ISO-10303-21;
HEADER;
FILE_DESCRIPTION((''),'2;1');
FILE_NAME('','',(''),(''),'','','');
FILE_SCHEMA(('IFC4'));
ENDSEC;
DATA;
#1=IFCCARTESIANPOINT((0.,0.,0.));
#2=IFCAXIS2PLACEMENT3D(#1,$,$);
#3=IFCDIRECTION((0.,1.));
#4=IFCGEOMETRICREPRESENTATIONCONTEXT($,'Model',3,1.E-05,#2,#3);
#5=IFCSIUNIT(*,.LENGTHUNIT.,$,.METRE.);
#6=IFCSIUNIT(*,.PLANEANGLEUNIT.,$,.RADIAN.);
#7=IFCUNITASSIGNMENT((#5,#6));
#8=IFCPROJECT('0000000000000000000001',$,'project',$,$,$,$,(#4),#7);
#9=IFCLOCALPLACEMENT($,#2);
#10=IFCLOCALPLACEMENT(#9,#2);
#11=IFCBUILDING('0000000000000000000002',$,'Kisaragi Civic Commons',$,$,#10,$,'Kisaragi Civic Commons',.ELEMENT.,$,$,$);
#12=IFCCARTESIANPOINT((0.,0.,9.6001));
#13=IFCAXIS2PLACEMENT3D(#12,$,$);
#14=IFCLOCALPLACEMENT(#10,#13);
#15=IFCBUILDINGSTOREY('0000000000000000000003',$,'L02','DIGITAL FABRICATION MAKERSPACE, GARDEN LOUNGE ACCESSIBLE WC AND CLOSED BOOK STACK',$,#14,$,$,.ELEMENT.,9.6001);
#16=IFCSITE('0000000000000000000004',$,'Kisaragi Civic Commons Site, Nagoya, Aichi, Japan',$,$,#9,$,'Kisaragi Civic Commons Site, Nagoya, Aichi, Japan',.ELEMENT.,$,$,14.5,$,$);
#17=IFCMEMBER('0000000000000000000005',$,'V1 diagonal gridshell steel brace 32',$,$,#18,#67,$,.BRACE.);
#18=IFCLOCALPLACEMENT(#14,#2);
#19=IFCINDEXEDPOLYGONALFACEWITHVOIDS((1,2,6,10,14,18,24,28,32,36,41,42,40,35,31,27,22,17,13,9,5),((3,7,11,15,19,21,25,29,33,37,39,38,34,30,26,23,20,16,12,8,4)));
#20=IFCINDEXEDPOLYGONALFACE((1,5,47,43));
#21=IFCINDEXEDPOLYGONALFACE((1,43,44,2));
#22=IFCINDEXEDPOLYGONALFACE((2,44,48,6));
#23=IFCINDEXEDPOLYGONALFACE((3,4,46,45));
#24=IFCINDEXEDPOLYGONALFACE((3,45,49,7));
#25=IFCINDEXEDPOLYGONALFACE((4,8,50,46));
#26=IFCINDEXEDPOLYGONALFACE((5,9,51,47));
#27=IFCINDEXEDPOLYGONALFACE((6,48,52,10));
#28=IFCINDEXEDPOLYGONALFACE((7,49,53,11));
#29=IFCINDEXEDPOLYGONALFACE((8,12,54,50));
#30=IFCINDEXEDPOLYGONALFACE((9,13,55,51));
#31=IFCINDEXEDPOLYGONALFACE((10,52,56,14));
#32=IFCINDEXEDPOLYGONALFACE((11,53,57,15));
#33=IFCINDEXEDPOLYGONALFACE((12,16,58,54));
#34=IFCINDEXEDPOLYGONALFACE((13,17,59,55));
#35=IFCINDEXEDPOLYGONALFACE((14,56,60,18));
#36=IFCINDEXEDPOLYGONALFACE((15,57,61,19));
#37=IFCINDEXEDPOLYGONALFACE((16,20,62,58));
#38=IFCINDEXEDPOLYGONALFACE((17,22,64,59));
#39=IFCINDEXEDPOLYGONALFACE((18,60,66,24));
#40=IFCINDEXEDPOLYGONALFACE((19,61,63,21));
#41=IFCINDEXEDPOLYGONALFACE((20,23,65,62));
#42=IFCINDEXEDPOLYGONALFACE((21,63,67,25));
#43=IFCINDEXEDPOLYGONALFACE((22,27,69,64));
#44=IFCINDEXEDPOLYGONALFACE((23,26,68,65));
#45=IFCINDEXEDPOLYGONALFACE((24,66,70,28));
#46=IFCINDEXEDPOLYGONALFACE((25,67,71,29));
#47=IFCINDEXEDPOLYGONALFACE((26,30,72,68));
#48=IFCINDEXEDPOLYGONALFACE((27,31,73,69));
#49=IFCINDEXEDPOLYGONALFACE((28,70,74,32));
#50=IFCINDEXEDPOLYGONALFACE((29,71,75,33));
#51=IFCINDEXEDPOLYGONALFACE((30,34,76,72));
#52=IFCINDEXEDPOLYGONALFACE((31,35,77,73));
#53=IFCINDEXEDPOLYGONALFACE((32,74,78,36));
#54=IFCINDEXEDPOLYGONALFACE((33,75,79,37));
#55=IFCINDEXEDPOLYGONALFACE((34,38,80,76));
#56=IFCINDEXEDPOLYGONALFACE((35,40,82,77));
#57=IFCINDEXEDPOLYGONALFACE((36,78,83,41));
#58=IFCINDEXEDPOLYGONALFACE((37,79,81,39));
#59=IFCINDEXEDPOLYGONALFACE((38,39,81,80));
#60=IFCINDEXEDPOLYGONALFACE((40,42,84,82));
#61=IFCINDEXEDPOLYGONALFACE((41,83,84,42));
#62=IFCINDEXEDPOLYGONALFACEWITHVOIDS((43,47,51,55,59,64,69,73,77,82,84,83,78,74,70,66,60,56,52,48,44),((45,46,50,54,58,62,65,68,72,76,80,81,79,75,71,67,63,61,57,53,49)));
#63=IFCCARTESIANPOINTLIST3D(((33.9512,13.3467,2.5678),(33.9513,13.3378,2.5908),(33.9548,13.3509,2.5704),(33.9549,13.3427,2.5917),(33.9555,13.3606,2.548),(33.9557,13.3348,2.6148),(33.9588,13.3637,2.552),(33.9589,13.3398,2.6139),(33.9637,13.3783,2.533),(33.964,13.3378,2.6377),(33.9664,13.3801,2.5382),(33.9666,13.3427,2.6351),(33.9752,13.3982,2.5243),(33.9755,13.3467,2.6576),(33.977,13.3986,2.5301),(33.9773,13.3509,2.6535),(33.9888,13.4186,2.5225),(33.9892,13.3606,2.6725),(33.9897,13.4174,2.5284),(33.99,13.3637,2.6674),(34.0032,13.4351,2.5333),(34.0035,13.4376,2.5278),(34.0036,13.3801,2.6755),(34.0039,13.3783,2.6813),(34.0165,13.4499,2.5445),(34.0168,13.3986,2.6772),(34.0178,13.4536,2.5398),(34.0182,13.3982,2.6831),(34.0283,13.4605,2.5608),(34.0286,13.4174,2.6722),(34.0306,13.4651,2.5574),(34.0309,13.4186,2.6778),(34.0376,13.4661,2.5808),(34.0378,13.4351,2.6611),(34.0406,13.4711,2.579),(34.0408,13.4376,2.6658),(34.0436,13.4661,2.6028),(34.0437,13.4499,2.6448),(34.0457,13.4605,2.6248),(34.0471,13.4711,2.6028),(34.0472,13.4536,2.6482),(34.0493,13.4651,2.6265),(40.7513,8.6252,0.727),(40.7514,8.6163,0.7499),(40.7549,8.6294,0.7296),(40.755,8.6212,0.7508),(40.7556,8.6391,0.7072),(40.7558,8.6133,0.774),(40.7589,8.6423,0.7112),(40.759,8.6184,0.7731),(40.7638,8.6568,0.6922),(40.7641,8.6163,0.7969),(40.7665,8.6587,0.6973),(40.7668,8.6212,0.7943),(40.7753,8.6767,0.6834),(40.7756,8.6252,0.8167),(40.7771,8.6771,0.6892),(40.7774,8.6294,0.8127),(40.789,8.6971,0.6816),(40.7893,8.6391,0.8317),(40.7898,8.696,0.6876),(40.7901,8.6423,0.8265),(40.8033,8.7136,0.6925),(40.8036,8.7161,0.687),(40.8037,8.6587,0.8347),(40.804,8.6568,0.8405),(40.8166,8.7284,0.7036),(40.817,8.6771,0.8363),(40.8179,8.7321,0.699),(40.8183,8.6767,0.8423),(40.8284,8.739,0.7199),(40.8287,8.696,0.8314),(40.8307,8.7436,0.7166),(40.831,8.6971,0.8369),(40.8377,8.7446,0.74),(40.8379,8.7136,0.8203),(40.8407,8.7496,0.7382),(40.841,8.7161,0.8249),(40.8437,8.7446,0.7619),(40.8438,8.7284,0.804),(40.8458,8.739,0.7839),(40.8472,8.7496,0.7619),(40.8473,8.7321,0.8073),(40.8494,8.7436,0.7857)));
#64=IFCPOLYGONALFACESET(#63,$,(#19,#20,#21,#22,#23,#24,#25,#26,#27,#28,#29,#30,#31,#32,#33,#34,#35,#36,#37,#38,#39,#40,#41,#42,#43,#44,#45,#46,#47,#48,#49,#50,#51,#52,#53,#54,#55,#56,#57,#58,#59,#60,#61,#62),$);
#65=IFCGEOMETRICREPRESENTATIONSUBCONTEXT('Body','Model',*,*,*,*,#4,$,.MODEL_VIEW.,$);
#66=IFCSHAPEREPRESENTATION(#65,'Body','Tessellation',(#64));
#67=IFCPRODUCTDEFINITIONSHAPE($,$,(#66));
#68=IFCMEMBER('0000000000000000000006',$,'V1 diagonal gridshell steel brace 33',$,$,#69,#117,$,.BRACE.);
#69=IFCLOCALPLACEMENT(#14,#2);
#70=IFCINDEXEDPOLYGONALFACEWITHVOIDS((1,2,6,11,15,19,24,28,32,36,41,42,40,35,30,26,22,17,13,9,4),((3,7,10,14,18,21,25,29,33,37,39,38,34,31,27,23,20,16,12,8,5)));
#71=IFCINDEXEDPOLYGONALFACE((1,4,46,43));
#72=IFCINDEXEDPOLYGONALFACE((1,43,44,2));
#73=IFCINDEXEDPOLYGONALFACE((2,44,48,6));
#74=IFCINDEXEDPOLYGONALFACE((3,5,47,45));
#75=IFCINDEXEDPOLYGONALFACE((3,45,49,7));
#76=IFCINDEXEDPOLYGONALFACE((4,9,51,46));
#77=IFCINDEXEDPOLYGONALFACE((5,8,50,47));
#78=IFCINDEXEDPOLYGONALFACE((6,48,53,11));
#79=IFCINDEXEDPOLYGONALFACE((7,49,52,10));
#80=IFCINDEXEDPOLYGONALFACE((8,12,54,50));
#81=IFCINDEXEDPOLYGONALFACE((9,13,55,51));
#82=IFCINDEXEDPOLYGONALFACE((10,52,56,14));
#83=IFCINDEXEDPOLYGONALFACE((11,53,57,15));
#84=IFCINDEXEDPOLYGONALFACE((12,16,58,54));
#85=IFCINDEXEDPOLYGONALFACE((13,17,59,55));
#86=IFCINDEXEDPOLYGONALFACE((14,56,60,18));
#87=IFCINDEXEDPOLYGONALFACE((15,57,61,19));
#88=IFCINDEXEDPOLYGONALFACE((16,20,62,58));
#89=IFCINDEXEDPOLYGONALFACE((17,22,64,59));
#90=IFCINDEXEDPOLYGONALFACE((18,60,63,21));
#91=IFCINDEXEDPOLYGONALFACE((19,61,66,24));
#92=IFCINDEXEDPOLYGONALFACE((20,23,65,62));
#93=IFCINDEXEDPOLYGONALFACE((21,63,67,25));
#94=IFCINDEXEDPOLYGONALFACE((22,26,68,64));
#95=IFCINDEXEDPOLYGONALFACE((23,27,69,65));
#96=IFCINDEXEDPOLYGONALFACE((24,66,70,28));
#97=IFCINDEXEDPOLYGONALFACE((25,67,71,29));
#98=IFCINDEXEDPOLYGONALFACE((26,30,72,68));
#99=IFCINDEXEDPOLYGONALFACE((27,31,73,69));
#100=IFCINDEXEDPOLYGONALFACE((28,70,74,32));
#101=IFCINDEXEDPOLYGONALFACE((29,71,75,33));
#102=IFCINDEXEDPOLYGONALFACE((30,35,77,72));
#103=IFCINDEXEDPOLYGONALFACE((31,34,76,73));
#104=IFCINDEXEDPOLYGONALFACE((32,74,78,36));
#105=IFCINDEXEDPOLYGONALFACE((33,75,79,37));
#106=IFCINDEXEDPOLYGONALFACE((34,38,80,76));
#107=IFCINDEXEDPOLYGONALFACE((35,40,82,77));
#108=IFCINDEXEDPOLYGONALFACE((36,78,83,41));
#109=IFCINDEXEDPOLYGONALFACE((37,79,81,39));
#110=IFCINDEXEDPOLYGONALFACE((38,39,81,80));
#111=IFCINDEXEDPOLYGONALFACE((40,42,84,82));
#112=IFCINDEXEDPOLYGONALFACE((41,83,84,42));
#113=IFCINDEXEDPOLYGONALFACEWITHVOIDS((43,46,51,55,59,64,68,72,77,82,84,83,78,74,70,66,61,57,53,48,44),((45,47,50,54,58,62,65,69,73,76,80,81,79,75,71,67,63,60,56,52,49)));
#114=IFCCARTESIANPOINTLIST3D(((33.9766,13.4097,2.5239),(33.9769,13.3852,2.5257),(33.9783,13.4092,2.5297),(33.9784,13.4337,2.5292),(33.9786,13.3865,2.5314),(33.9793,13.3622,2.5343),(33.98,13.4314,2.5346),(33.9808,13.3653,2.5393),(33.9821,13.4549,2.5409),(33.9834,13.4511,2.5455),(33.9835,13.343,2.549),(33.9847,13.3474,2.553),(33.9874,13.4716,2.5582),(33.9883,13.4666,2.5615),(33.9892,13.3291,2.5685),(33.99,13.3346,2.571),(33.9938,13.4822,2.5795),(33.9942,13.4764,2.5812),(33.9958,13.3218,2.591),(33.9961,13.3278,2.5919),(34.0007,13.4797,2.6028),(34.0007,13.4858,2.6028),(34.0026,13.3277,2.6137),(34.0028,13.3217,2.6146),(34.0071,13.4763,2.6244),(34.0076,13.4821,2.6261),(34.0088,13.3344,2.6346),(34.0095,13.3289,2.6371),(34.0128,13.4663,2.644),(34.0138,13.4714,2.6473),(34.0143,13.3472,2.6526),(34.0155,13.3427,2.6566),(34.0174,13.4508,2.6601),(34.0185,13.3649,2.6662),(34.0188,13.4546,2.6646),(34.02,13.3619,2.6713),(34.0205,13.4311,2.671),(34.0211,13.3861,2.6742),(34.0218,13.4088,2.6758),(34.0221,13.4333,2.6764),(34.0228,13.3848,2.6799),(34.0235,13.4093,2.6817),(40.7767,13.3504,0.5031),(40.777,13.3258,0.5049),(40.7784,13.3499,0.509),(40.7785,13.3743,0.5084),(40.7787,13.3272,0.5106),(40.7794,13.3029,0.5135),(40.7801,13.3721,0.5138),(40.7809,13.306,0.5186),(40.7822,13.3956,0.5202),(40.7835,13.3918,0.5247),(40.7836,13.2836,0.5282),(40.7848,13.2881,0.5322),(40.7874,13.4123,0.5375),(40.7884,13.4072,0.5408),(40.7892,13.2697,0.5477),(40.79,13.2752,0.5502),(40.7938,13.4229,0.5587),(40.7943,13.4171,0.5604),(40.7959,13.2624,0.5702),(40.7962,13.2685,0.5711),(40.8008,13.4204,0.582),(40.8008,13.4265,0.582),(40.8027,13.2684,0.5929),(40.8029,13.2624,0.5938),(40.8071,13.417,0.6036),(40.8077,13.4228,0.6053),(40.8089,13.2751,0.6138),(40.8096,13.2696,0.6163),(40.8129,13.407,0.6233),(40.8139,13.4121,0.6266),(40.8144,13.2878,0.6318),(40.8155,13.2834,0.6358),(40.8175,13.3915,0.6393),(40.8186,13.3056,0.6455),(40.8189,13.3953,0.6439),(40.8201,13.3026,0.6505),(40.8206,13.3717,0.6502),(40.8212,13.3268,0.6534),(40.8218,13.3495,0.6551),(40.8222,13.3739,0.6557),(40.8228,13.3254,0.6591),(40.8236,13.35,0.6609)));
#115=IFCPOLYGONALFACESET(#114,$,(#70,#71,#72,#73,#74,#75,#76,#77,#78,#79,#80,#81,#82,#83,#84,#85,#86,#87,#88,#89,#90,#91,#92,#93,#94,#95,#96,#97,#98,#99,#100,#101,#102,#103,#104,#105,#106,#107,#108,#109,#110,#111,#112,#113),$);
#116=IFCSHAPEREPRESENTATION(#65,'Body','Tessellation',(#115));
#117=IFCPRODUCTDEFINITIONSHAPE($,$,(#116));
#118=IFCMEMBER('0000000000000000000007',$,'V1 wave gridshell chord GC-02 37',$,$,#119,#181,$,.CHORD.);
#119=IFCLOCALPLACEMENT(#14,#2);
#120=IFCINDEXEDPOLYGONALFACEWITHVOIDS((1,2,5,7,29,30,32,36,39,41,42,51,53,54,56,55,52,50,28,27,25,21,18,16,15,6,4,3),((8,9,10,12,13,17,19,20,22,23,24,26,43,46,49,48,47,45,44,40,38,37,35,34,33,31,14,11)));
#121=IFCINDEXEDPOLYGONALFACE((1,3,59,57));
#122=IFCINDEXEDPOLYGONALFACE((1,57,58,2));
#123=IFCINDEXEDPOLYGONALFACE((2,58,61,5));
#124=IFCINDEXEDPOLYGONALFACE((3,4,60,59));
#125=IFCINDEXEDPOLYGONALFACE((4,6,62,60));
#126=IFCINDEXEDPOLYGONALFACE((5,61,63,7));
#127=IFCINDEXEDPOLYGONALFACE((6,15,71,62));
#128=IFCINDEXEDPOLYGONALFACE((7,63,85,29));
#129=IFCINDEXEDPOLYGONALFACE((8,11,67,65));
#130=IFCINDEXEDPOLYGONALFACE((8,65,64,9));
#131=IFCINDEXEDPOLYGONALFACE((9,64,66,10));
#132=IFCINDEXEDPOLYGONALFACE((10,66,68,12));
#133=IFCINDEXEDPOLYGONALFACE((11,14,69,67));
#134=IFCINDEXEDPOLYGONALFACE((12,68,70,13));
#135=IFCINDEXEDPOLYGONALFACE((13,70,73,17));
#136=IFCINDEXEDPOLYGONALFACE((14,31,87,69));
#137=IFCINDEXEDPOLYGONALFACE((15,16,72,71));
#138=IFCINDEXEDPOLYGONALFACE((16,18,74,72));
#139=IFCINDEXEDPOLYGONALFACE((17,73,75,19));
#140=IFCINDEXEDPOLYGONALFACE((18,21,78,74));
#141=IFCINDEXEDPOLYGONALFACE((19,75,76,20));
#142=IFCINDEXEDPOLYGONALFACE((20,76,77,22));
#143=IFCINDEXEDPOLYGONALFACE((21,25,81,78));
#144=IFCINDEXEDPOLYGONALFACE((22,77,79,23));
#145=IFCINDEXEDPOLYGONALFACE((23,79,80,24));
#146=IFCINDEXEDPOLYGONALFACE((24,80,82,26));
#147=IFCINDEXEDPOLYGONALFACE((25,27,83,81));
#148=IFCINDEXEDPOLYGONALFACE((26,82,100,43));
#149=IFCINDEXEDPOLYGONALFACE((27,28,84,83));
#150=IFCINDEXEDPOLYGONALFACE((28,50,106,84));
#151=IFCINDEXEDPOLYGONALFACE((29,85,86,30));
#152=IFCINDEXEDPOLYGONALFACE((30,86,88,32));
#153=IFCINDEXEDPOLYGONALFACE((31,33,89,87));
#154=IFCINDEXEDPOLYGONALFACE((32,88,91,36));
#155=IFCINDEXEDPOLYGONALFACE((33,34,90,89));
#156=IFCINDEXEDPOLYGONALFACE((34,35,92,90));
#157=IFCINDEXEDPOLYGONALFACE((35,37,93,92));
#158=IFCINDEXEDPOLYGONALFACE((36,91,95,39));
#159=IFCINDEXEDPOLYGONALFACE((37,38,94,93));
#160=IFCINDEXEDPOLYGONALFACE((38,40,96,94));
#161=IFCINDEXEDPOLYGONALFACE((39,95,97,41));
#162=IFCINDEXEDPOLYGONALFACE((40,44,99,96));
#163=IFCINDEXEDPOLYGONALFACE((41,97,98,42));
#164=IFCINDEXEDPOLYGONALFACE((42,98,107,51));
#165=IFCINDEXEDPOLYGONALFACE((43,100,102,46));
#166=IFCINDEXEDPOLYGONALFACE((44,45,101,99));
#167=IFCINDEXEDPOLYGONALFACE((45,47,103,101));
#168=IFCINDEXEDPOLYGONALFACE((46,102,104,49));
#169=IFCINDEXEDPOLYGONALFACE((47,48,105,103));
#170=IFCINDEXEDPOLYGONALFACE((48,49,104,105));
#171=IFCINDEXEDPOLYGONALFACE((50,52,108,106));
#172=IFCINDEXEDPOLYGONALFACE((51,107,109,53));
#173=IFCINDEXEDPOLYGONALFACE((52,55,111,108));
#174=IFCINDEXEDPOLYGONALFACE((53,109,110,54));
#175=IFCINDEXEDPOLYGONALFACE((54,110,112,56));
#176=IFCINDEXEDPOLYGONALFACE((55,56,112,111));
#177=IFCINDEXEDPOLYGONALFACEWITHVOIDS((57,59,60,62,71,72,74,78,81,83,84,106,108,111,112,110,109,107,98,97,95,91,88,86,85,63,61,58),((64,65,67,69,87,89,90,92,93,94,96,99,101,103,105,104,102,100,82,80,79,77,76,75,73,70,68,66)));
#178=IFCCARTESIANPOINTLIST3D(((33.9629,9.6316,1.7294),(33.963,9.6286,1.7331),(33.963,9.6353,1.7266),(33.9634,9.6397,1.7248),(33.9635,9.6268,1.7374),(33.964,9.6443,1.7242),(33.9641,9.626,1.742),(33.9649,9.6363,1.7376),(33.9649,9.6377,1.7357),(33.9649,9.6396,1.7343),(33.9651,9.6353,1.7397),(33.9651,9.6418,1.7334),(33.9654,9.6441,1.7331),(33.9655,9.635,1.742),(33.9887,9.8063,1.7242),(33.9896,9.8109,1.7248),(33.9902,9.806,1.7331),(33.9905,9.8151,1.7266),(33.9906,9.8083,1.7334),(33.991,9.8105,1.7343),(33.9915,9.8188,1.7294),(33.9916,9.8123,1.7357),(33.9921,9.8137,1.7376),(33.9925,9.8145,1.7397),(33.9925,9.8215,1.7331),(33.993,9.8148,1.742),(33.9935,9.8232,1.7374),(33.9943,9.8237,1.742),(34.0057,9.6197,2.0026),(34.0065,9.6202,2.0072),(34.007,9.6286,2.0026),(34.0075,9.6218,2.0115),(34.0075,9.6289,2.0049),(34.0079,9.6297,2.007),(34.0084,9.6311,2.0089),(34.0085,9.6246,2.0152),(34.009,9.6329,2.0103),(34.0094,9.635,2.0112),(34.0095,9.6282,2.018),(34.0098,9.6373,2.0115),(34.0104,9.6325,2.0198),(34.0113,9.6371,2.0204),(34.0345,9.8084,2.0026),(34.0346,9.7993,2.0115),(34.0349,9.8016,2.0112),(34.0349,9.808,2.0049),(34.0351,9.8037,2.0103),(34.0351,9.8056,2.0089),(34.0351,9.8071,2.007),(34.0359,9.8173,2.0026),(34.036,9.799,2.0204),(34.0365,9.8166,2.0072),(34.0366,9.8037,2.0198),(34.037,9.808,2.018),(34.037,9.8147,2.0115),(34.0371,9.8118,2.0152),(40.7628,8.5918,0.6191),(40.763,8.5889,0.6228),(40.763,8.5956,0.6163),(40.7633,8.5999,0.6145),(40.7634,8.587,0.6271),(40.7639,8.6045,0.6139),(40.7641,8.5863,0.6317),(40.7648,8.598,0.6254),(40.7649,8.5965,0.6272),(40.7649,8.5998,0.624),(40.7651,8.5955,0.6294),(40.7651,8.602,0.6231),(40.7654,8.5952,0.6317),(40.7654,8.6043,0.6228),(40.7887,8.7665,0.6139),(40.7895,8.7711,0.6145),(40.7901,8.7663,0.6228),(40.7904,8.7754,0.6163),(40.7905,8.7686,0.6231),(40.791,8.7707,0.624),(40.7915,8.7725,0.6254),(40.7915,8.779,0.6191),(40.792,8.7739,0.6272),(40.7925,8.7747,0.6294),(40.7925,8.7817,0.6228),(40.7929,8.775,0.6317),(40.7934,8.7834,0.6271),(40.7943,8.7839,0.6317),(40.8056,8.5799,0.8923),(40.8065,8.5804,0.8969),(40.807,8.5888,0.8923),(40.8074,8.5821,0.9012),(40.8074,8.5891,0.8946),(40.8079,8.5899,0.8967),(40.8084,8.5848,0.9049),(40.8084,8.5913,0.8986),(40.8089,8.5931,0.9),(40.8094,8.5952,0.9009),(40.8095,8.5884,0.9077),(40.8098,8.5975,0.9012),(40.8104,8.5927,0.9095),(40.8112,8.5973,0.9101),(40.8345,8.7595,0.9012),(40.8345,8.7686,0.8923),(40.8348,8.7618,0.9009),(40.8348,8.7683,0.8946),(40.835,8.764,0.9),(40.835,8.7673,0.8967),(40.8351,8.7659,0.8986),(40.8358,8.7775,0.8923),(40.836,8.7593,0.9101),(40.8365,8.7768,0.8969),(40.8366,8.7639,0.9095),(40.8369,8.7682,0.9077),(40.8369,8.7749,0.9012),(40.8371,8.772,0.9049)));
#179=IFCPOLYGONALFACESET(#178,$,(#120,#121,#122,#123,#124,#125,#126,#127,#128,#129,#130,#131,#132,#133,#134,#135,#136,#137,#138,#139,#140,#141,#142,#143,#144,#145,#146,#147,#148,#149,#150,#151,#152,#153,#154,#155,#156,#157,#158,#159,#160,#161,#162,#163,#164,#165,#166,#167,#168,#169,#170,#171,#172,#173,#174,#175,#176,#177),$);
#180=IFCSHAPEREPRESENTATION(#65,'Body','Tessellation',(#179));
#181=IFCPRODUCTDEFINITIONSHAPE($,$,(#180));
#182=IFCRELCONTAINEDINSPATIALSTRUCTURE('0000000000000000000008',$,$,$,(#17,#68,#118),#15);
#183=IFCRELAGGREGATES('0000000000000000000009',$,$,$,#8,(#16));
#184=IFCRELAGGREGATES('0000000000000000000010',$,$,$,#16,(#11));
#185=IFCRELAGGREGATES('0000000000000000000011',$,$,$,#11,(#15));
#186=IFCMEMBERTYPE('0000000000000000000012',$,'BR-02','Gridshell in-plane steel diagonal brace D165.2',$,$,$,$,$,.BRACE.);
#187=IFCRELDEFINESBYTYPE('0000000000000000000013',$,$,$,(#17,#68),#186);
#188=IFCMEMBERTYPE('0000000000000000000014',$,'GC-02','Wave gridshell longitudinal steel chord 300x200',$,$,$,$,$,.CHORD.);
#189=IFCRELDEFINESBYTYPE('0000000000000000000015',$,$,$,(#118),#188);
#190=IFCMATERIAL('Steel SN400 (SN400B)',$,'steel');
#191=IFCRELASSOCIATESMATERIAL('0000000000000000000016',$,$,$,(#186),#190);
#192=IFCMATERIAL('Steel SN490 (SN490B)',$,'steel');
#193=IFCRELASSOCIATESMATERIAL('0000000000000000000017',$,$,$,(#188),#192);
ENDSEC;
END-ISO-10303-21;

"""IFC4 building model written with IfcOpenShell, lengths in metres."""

from ifc_helpers import new_model, si_unit, direction, frame, origin, origin_2d, place, context, subcontext, project, spatial, hollow_rectangle, hollow_circle, extrude, material, material_profile, profile_set, type_object, element, save


model = new_model("IFC4")

# Units and contexts
model_context = context("Model", 3, precision=1e-05, world=origin(), true_north=direction((0.0, 1.0)))
body_context = subcontext(model_context, "Body", "Model", "MODEL_VIEW")
ifc_project = project(units=[si_unit("LENGTHUNIT", "METRE"), si_unit("PLANEANGLEUNIT", "RADIAN")], contexts=[model_context])

# Site, building, storey
site_placement = place(None, origin())
site = spatial("IfcSite", under=ifc_project, at=site_placement, Name="Kisaragi Civic Commons Site, Nagoya, Aichi, Japan", LongName="Kisaragi Civic Commons Site, Nagoya, Aichi, Japan", CompositionType="ELEMENT", RefElevation=14.5)
building_placement = place(site_placement, origin())
building = spatial("IfcBuilding", under=site, at=building_placement, Name="Kisaragi Civic Commons", LongName="Kisaragi Civic Commons", CompositionType="ELEMENT")
storey_placement = place(building_placement, frame((0.0, 0.0, 9.6001)))
storey = spatial("IfcBuildingStorey", under=building, at=storey_placement, Name="L02", Description="DIGITAL FABRICATION MAKERSPACE, GARDEN LOUNGE ACCESSIBLE WC AND CLOSED BOOK STACK", CompositionType="ELEMENT", Elevation=9.6001)

# Members
ifc_material_1 = material(Name="Steel SN400 (SN400B)", Category="steel")
ifc_material_profile_1 = material_profile(ifc_material_1, hollow_circle(Radius=0.0825, WallThickness=0.0061, at=origin_2d()), Name="CHS-165.2x6.0", Category="steel")
ifc_profile_set_1 = profile_set([ifc_material_profile_1], Name="Steel SN400 (SN400B)")
member_type_1 = type_object("IfcMemberType", Name="BR-02", Description="Gridshell in-plane steel diagonal brace D165.2", PredefinedType="BRACE", material=ifc_profile_set_1)
member_1_placement = place(storey_placement, frame((34.0, 13.4033, 2.6028), z_axis=(0.801832, -0.556731, -0.217062), x_axis=(0.570329, 0.821416, 0.0)))
element("IfcMember", 1, at=member_1_placement, inside=storey, type_object=member_type_1, Name="V1 diagonal gridshell steel brace 32", PredefinedType="BRACE", context=body_context, shape_type="SweptSolid", body=[
    extrude(hollow_circle(Radius=0.0825, WallThickness=0.0061, at=origin_2d()), origin(), (0.0, 0.0, 1.0), 8.4807),
])
member_2_placement = place(storey_placement, frame((34.0, 13.4033, 2.6028), z_axis=(0.958537, -0.008363, -0.284846), x_axis=(0.008724, 0.999962, 0.0)))
element("IfcMember", 2, at=member_2_placement, inside=storey, type_object=member_type_1, Name="V1 diagonal gridshell steel brace 33", PredefinedType="BRACE", context=body_context, shape_type="SweptSolid", body=[
    extrude(hollow_circle(Radius=0.0825, WallThickness=0.0061, at=origin_2d()), origin(), (0.0, 0.0, 1.0), 7.0942),
])
ifc_material_2 = material(Name="Steel SN490 (SN490B)", Category="steel")
ifc_material_profile_2 = material_profile(ifc_material_2, hollow_rectangle(XDim=0.2, YDim=0.3, WallThickness=0.009, InnerFilletRadius=0.009, OuterFilletRadius=0.0181, at=origin_2d()), Name="STKR-300x200x9", Category="steel")
ifc_profile_set_2 = profile_set([ifc_material_profile_2], Name="Steel SN490 (SN490B)")
member_type_2 = type_object("IfcMemberType", Name="GC-02", Description="Wave gridshell longitudinal steel chord 300x200", PredefinedType="CHORD", material=ifc_profile_set_2)
member_3_placement = place(storey_placement, frame((34.0, 9.7217, 1.8723), z_axis=(0.97588, -0.149222, -0.159347), x_axis=(0.151153, 0.98851, 0.0)))
element("IfcMember", 3, at=member_3_placement, inside=storey, type_object=member_type_2, Name="V1 wave gridshell chord GC-02 37", PredefinedType="CHORD", context=body_context, shape_type="SweptSolid", body=[
    extrude(hollow_rectangle(XDim=0.2, YDim=0.3, WallThickness=0.009, InnerFilletRadius=0.009, OuterFilletRadius=0.0181, at=origin_2d()), origin(), (0.0, 0.0, 1.0), 6.968),
])

save(model, "model.ifc")
